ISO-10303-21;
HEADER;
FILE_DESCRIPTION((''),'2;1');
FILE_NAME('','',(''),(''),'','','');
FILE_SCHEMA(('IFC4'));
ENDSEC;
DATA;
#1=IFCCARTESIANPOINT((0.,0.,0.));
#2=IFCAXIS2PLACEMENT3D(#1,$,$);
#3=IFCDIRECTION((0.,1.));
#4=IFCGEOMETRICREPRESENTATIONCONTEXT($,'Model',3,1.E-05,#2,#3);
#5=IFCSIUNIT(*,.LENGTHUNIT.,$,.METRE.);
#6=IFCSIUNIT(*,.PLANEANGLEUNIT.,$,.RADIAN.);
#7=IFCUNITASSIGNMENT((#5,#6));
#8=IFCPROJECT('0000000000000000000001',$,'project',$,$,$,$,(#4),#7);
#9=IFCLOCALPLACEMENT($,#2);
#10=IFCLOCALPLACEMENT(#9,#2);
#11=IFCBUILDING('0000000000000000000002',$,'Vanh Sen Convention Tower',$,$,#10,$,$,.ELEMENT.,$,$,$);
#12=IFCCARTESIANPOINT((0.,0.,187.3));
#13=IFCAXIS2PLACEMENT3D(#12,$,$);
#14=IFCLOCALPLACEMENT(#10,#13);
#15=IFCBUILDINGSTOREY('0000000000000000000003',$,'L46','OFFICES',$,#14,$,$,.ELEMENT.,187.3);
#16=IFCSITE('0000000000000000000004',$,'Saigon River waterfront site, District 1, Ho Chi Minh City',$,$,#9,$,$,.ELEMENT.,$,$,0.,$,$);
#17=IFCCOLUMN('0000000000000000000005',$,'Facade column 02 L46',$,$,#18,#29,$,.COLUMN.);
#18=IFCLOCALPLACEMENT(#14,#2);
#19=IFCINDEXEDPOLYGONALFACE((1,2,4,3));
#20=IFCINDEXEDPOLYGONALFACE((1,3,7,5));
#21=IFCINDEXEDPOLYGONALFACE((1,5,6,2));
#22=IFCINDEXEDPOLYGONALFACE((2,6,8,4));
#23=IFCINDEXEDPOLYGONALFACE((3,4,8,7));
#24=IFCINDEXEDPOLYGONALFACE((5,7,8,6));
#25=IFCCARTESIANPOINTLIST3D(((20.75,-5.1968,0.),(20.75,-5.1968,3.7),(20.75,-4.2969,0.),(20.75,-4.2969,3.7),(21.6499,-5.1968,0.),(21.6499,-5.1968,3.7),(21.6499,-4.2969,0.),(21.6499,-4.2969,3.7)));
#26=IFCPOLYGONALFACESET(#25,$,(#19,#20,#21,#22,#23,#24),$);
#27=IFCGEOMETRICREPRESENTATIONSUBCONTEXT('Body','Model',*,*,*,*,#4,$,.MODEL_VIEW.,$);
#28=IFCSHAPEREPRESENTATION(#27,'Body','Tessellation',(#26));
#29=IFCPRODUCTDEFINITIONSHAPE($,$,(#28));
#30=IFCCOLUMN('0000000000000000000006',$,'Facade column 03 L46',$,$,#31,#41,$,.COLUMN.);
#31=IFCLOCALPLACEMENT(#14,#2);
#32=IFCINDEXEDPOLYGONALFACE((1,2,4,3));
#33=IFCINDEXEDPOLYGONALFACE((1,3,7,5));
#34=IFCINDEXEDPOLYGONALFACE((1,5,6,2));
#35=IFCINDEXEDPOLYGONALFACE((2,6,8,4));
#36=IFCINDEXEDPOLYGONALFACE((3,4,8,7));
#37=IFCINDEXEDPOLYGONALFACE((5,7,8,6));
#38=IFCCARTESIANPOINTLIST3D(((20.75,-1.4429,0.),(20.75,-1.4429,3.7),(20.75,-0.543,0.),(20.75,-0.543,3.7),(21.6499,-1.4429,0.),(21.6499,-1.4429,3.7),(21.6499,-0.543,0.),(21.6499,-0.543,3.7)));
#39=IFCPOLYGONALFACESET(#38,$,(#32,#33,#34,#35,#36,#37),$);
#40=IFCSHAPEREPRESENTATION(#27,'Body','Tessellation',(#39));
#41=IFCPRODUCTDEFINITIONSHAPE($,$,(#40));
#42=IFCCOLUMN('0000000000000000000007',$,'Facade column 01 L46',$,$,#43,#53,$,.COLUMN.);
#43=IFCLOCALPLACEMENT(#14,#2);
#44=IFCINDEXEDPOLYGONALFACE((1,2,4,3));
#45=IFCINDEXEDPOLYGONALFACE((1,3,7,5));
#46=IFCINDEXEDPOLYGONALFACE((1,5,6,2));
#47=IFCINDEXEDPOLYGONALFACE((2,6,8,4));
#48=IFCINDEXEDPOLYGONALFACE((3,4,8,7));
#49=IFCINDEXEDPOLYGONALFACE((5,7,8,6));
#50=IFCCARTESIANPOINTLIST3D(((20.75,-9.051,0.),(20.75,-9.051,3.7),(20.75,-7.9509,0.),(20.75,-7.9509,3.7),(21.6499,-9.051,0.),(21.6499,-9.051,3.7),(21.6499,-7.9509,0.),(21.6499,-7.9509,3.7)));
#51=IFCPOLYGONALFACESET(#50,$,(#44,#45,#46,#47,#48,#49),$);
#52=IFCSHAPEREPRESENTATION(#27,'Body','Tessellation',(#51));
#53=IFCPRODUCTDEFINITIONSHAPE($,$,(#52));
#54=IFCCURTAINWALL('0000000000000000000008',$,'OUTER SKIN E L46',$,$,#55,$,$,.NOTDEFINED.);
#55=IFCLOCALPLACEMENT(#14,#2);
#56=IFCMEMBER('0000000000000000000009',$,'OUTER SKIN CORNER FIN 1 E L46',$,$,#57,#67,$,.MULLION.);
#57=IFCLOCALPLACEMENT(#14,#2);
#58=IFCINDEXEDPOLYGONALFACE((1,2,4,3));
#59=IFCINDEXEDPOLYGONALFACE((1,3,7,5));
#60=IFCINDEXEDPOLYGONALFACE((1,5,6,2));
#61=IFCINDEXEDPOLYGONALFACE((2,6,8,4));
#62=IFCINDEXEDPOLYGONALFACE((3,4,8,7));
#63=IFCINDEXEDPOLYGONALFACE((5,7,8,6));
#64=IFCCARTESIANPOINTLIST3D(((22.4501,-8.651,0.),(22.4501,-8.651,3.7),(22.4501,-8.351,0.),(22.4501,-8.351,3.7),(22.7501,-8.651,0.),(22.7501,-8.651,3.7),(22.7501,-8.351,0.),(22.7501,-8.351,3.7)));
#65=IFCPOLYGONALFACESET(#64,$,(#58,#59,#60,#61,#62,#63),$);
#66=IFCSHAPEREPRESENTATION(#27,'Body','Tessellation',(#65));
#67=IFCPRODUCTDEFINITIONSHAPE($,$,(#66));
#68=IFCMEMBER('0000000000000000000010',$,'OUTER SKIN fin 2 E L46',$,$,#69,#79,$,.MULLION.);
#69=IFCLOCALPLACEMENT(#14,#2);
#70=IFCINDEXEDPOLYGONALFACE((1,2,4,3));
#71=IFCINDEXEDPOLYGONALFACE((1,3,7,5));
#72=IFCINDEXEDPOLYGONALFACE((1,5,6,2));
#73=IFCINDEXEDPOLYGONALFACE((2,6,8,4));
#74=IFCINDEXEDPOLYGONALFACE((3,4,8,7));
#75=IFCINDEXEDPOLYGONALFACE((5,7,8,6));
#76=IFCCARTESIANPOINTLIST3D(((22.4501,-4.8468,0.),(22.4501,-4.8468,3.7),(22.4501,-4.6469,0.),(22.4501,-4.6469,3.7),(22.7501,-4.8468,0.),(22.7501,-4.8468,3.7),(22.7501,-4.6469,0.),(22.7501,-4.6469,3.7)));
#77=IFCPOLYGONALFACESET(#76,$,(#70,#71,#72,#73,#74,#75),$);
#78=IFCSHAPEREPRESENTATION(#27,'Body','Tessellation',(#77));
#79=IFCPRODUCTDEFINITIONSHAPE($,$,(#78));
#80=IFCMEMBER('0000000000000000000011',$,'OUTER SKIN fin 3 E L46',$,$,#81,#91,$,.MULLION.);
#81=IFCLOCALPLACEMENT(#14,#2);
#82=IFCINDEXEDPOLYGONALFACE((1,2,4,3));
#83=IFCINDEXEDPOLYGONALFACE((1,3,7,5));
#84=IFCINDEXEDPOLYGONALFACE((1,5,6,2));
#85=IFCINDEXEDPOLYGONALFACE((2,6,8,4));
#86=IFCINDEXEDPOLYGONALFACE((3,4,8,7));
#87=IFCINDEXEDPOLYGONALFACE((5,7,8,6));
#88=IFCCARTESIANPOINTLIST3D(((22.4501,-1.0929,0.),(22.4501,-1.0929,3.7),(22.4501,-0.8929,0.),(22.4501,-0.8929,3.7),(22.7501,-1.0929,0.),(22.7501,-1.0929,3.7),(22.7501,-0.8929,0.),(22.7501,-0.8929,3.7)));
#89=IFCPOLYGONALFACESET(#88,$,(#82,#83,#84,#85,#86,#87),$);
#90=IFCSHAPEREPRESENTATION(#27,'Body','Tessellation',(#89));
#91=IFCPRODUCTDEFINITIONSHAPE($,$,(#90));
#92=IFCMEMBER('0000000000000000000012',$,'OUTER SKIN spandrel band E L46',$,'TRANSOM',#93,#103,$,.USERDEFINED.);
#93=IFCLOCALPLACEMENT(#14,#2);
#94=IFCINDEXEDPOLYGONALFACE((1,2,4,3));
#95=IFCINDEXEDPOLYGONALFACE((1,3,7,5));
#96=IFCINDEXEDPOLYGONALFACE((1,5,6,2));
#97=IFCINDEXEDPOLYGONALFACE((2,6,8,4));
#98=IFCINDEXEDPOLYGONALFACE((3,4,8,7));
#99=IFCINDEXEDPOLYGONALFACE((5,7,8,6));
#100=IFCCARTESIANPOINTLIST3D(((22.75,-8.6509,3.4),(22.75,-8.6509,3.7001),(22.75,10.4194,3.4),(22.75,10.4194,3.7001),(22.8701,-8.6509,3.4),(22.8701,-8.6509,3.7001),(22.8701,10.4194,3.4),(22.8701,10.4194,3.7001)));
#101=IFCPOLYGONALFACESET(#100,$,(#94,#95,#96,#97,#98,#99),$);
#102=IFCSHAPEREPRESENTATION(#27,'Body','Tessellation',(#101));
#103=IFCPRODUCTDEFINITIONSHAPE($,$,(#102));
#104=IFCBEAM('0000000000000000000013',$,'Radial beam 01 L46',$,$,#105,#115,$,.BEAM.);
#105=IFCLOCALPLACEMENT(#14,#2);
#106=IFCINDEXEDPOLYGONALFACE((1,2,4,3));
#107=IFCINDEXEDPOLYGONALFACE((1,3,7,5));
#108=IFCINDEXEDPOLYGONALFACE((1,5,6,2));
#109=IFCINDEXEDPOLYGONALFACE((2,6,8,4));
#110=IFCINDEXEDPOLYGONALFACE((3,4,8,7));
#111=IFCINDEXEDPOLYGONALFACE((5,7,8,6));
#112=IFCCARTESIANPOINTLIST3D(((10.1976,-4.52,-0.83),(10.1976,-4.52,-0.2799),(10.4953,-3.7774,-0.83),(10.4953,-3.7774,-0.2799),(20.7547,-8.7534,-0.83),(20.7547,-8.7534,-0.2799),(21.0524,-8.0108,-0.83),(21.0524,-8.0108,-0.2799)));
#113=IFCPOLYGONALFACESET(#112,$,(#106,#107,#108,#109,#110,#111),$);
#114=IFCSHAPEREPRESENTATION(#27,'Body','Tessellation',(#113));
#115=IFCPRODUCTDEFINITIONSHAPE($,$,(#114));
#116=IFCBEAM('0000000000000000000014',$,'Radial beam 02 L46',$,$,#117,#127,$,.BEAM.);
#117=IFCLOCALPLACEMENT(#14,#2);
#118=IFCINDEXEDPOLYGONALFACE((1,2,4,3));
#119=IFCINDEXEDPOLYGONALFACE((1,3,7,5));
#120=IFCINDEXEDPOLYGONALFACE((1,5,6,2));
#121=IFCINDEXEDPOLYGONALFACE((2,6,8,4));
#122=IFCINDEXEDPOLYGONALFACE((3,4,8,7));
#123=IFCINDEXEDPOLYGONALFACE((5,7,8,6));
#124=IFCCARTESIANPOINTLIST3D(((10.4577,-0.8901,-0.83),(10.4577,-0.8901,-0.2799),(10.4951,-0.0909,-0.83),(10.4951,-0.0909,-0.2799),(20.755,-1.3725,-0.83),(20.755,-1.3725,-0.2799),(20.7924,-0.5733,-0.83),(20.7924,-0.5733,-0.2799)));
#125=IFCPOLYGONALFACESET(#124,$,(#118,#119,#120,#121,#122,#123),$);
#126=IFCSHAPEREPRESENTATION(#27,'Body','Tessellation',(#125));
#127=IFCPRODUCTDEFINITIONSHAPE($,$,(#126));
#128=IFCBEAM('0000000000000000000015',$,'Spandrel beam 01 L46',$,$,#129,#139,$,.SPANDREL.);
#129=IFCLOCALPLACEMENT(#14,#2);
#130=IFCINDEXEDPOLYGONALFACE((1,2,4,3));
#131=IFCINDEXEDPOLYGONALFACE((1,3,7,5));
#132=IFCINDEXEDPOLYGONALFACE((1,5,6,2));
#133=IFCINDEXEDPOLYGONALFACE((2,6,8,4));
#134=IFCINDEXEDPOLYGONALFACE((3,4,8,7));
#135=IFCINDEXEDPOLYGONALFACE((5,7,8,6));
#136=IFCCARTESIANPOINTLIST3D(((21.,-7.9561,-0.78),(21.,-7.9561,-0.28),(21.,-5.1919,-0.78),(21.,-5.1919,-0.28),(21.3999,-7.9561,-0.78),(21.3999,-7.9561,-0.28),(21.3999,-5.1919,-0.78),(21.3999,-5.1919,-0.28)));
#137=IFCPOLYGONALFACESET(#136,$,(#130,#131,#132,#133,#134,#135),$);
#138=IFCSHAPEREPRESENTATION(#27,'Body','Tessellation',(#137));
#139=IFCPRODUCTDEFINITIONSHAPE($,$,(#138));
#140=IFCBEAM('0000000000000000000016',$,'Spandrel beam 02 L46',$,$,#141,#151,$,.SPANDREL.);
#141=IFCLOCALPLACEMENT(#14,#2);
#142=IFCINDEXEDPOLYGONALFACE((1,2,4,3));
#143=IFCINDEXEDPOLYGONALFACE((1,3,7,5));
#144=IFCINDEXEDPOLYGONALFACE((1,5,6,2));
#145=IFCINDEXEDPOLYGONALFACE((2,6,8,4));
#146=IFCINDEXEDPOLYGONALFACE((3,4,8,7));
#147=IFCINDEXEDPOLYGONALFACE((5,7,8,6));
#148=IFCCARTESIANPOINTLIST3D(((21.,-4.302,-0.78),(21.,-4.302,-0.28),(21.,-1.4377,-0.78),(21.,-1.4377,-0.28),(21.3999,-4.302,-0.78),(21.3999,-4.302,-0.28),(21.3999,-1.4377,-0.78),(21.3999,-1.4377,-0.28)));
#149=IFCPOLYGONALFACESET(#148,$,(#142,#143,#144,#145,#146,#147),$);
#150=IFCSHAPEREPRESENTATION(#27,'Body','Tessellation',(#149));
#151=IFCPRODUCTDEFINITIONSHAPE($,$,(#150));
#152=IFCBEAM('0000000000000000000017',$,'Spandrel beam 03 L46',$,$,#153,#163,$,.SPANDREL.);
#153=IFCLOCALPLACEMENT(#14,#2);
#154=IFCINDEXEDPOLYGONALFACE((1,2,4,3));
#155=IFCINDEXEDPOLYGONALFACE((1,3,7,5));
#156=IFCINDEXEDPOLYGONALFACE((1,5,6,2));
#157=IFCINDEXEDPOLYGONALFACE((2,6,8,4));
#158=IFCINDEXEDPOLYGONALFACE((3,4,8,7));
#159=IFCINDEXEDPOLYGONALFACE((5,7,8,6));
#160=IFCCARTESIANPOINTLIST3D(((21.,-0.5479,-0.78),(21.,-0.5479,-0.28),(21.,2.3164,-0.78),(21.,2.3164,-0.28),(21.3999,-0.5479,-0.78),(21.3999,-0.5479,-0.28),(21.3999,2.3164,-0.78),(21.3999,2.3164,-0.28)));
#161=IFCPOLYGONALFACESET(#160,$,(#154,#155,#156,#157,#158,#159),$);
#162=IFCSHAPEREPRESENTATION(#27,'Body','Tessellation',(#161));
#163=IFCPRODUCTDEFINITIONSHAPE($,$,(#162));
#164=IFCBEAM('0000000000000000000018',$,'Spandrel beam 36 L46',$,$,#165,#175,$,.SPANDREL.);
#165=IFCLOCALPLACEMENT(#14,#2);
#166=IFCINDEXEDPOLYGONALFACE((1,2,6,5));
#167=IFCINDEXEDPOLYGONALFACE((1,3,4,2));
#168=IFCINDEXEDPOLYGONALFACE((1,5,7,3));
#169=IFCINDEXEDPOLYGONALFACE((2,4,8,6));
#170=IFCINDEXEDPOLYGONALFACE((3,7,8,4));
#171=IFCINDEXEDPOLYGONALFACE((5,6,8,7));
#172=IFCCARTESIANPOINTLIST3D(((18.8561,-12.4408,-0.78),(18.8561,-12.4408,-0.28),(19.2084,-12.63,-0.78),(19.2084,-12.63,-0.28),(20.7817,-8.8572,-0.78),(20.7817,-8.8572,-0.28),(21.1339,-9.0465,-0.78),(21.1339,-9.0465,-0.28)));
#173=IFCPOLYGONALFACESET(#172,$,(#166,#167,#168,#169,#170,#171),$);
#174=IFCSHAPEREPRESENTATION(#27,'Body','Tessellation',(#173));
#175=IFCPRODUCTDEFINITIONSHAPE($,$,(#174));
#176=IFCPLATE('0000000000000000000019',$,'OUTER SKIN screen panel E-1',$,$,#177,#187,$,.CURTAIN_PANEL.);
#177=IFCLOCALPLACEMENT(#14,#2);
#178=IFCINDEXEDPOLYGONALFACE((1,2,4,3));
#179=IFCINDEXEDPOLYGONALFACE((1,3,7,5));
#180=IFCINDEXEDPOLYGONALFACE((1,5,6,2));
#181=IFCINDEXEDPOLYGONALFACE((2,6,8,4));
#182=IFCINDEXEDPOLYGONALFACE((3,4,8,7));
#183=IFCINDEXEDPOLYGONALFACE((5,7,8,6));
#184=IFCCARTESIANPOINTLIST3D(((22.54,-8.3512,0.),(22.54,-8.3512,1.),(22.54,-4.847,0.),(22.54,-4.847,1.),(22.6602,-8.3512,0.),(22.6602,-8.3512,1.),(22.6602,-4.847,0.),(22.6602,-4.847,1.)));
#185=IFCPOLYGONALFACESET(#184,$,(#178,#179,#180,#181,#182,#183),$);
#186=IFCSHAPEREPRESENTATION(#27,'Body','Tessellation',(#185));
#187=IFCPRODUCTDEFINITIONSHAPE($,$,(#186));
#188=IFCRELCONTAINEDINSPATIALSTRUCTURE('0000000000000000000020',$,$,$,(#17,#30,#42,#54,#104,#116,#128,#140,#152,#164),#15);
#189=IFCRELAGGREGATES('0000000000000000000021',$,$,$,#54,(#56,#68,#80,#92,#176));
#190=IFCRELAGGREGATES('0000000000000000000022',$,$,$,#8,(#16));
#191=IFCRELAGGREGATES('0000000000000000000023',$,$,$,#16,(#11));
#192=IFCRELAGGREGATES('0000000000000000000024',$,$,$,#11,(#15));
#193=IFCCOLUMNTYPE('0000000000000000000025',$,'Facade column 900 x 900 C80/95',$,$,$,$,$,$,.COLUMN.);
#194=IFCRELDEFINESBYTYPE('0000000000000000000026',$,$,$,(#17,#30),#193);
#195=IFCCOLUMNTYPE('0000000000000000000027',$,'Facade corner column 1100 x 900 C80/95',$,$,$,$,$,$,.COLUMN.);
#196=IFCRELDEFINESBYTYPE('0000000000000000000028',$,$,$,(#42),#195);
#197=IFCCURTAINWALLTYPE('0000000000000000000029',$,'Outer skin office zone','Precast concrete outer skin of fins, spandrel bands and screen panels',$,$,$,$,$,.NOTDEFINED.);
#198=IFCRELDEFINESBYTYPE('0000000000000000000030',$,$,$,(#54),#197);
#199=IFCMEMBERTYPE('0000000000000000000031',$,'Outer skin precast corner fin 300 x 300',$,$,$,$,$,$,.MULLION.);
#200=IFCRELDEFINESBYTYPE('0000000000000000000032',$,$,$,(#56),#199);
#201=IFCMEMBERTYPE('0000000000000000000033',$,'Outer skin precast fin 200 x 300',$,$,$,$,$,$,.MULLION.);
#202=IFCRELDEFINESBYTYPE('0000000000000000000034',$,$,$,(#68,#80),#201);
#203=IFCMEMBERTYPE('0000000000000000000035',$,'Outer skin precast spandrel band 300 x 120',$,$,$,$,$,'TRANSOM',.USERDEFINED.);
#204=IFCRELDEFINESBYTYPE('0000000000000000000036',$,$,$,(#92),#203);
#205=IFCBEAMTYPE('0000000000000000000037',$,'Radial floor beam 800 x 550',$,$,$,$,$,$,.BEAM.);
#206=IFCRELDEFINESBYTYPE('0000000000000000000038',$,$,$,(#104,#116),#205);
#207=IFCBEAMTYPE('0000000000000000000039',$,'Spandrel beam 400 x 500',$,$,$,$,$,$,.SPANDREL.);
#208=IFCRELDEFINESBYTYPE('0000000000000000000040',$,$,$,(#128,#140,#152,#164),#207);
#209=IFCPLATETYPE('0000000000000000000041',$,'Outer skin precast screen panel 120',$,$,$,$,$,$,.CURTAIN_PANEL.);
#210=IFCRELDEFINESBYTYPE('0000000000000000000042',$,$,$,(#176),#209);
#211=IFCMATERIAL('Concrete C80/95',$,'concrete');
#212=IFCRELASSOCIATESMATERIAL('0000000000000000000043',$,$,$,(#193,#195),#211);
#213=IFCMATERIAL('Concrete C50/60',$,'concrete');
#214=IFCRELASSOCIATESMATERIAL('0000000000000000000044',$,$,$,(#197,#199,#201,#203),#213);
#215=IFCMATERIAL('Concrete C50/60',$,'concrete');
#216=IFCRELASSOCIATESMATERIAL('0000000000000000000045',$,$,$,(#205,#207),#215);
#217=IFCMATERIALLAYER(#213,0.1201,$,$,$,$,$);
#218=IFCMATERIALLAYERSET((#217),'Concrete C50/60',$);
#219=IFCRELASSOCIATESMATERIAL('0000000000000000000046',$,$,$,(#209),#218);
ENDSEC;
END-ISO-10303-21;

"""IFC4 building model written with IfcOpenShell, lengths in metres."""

from ifc_helpers import new_model, si_unit, direction, frame, origin, origin_2d, place, context, subcontext, project, spatial, rectangle, extrude, material, layer, layer_set, material_profile, profile_set, type_object, element, aggregate, save


model = new_model("IFC4")

# Units and contexts
model_context = context("Model", 3, precision=1e-05, world=origin(), true_north=direction((0.0, 1.0)))
body_context = subcontext(model_context, "Body", "Model", "MODEL_VIEW")
ifc_project = project(units=[si_unit("LENGTHUNIT", "METRE"), si_unit("PLANEANGLEUNIT", "RADIAN")], contexts=[model_context])

# Site, building, storey
site_placement = place(None, origin())
site = spatial("IfcSite", under=ifc_project, at=site_placement, Name="Saigon River waterfront site, District 1, Ho Chi Minh City", CompositionType="ELEMENT", RefElevation=0.0)
building_placement = place(site_placement, origin())
building = spatial("IfcBuilding", under=site, at=building_placement, Name="Vanh Sen Convention Tower", CompositionType="ELEMENT")
storey_placement = place(building_placement, frame((0.0, 0.0, 187.3)))
storey = spatial("IfcBuildingStorey", under=building, at=storey_placement, Name="L46", Description="OFFICES", CompositionType="ELEMENT", Elevation=187.3)

# Columns
ifc_material_1 = material(Name="Concrete C80/95", Category="concrete")
ifc_material_profile_1 = material_profile(ifc_material_1, rectangle(XDim=0.8999, YDim=0.8999, at=origin_2d()), Name="RC 900X900")
ifc_profile_set_1 = profile_set([ifc_material_profile_1], Name="Concrete C80/95")
column_type_1 = type_object("IfcColumnType", Name="Facade column 900 x 900 C80/95", PredefinedType="COLUMN", material=ifc_profile_set_1)
for number, where, z_axis, x_axis, name in (
    (1, (21.2, -4.7468, 0.0), (0.0, 0.0, 1.0), (0.0, 1.0, 0.0), "Facade column 02 L46"),
    (2, (21.2, -0.9929, 0.0), (0.0, 0.0, 1.0), (0.0, 1.0, 0.0), "Facade column 03 L46"),
):
    element("IfcColumn", number, at=place(storey_placement, frame(where, z_axis=z_axis, x_axis=x_axis)), inside=storey, type_object=column_type_1, Name=name, PredefinedType="COLUMN", context=body_context, shape_type="SweptSolid", body=[
        extrude(rectangle(XDim=0.8999, YDim=0.8999, at=origin_2d()), origin(), (0.0, 0.0, 1.0), 3.7),
    ])
ifc_material_profile_2 = material_profile(ifc_material_1, rectangle(XDim=1.1001, YDim=0.8999, at=origin_2d()), Name="RC 1100X900")
ifc_profile_set_2 = profile_set([ifc_material_profile_2], Name="Concrete C80/95")
column_type_2 = type_object("IfcColumnType", Name="Facade corner column 1100 x 900 C80/95", PredefinedType="COLUMN", material=ifc_profile_set_2)
column_placement = place(storey_placement, frame((21.2, -8.501, 0.0), z_axis=(0.0, 0.0, 1.0), x_axis=(0.0, 1.0, 0.0)))
element("IfcColumn", 3, at=column_placement, inside=storey, type_object=column_type_2, Name="Facade column 01 L46", PredefinedType="COLUMN", context=body_context, shape_type="SweptSolid", body=[
    extrude(rectangle(XDim=1.1001, YDim=0.8999, at=origin_2d()), origin(), (0.0, 0.0, 1.0), 3.7),
])

# Curtain wall, members
ifc_material_2 = material(Name="Concrete C50/60", Category="concrete")
curtain_wall_type = type_object("IfcCurtainWallType", Name="Outer skin office zone", Description="Precast concrete outer skin of fins, spandrel bands and screen panels", PredefinedType="NOTDEFINED", material=ifc_material_2)
curtain_wall_1_placement = place(storey_placement, origin())
curtain_wall_1 = element("IfcCurtainWall", 4, at=curtain_wall_1_placement, inside=storey, type_object=curtain_wall_type, Name="OUTER SKIN E L46", PredefinedType="NOTDEFINED")
ifc_material_profile_3 = material_profile(ifc_material_2, rectangle(XDim=0.3, YDim=0.3, at=origin_2d()), Name="Outer skin precast corner fin 300 x 300")
ifc_profile_set_3 = profile_set([ifc_material_profile_3], Name="Concrete C50/60")
member_type_1 = type_object("IfcMemberType", Name="Outer skin precast corner fin 300 x 300", PredefinedType="MULLION", material=ifc_profile_set_3)
member_1_placement = place(storey_placement, frame((22.6001, -8.501, 0.0), z_axis=(0.0, 0.0, 1.0), x_axis=(0.0, 1.0, 0.0)))
member_1 = element("IfcMember", 5, at=member_1_placement, type_object=member_type_1, Name="OUTER SKIN CORNER FIN 1 E L46", PredefinedType="MULLION", context=body_context, shape_type="SweptSolid", body=[
    extrude(rectangle(XDim=0.3, YDim=0.3, at=origin_2d()), origin(), (0.0, 0.0, 1.0), 3.7),
])
ifc_material_profile_4 = material_profile(ifc_material_2, rectangle(XDim=0.2, YDim=0.3, at=origin_2d()), Name="Outer skin precast fin 200 x 300")
ifc_profile_set_4 = profile_set([ifc_material_profile_4], Name="Concrete C50/60")
member_type_2 = type_object("IfcMemberType", Name="Outer skin precast fin 200 x 300", PredefinedType="MULLION", material=ifc_profile_set_4)
member_2_placement = place(storey_placement, frame((22.6001, -4.7468, 0.0), z_axis=(0.0, 0.0, 1.0), x_axis=(0.0, 1.0, 0.0)))
member_2 = element("IfcMember", 6, at=member_2_placement, type_object=member_type_2, Name="OUTER SKIN fin 2 E L46", PredefinedType="MULLION", context=body_context, shape_type="SweptSolid", body=[
    extrude(rectangle(XDim=0.2, YDim=0.3, at=origin_2d()), origin(), (0.0, 0.0, 1.0), 3.7),
])
member_3_placement = place(storey_placement, frame((22.6001, -0.9929, 0.0), z_axis=(0.0, 0.0, 1.0), x_axis=(0.0, 1.0, 0.0)))
member_3 = element("IfcMember", 7, at=member_3_placement, type_object=member_type_2, Name="OUTER SKIN fin 3 E L46", PredefinedType="MULLION", context=body_context, shape_type="SweptSolid", body=[
    extrude(rectangle(XDim=0.2, YDim=0.3, at=origin_2d()), origin(), (0.0, 0.0, 1.0), 3.7),
])
ifc_material_profile_5 = material_profile(ifc_material_2, rectangle(XDim=0.1201, YDim=0.3, at=origin_2d()), Name="Outer skin precast spandrel band 300 x 120")
ifc_profile_set_5 = profile_set([ifc_material_profile_5], Name="Concrete C50/60")
member_type_3 = type_object("IfcMemberType", Name="Outer skin precast spandrel band 300 x 120", ElementType="TRANSOM", PredefinedType="USERDEFINED", material=ifc_profile_set_5)
member_4_placement = place(storey_placement, frame((22.8101, -8.6509, 3.55), z_axis=(0.0, 1.0, 0.0), x_axis=(-1.0, 0.0, 0.0)))
member_4 = element("IfcMember", 8, at=member_4_placement, type_object=member_type_3, Name="OUTER SKIN spandrel band E L46", ObjectType="TRANSOM", PredefinedType="USERDEFINED", context=body_context, shape_type="SweptSolid", body=[
    extrude(rectangle(XDim=0.1201, YDim=0.3, at=origin_2d()), origin(), (0.0, 0.0, 1.0), 19.0703),
])

# Beams
ifc_material_3 = material(Name="Concrete C50/60", Category="concrete")
ifc_material_profile_6 = material_profile(ifc_material_3, rectangle(XDim=0.8, YDim=0.55, at=origin_2d()), Name="RC 800X550")
ifc_profile_set_6 = profile_set([ifc_material_profile_6], Name="Concrete C50/60")
beam_type_1 = type_object("IfcBeamType", Name="Radial floor beam 800 x 550", PredefinedType="BEAM", material=ifc_profile_set_6)
beam_1_placement = place(storey_placement, frame((20.9036, -8.3821, -0.5549), z_axis=(-0.928157, 0.37219, 0.0), x_axis=(-0.37219, -0.928157, 0.0)))
element("IfcBeam", 9, at=beam_1_placement, inside=storey, type_object=beam_type_1, Name="Radial beam 01 L46", PredefinedType="BEAM", context=body_context, shape_type="SweptSolid", body=[
    extrude(rectangle(XDim=0.8, YDim=0.55, at=origin_2d()), origin(), (0.0, 0.0, 1.0), 11.3743),
])
beam_2_placement = place(storey_placement, frame((20.7737, -0.9729, -0.5549), z_axis=(-0.998904, 0.046798, 0.0), x_axis=(-0.046798, -0.998904, 0.0)))
element("IfcBeam", 10, at=beam_2_placement, inside=storey, type_object=beam_type_1, Name="Radial beam 02 L46", PredefinedType="BEAM", context=body_context, shape_type="SweptSolid", body=[
    extrude(rectangle(XDim=0.8, YDim=0.55, at=origin_2d()), origin(), (0.0, 0.0, 1.0), 10.3086),
])
ifc_material_profile_7 = material_profile(ifc_material_3, rectangle(XDim=0.3999, YDim=0.5, at=origin_2d()), Name="RC 400X500")
ifc_profile_set_7 = profile_set([ifc_material_profile_7], Name="Concrete C50/60")
beam_type_2 = type_object("IfcBeamType", Name="Spandrel beam 400 x 500", PredefinedType="SPANDREL", material=ifc_profile_set_7)
beam_3_placement = place(storey_placement, frame((21.2, -7.9561, -0.53), z_axis=(0.0, 1.0, 0.0), x_axis=(-1.0, 0.0, 0.0)))
element("IfcBeam", 11, at=beam_3_placement, inside=storey, type_object=beam_type_2, Name="Spandrel beam 01 L46", PredefinedType="SPANDREL", context=body_context, shape_type="SweptSolid", body=[
    extrude(rectangle(XDim=0.3999, YDim=0.5, at=origin_2d()), origin(), (0.0, 0.0, 1.0), 2.7642),
])
for number, where, z_axis, x_axis, name in (
    (12, (21.2, -4.302, -0.53), (0.0, 1.0, 0.0), (-1.0, 0.0, 0.0), "Spandrel beam 02 L46"),
    (13, (21.2, -0.5479, -0.53), (0.0, 1.0, 0.0), (-1.0, 0.0, 0.0), "Spandrel beam 03 L46"),
):
    element("IfcBeam", number, at=place(storey_placement, frame(where, z_axis=z_axis, x_axis=x_axis)), inside=storey, type_object=beam_type_2, Name=name, PredefinedType="SPANDREL", context=body_context, shape_type="SweptSolid", body=[
        extrude(rectangle(XDim=0.3999, YDim=0.5, at=origin_2d()), origin(), (0.0, 0.0, 1.0), 2.8643),
    ])
beam_4_placement = place(storey_placement, frame((19.0322, -12.5354, -0.53), z_axis=(0.47333, 0.880885, 0.0), x_axis=(-0.880885, 0.47333, 0.0)))
element("IfcBeam", 14, at=beam_4_placement, inside=storey, type_object=beam_type_2, Name="Spandrel beam 36 L46", PredefinedType="SPANDREL", context=body_context, shape_type="SweptSolid", body=[
    extrude(rectangle(XDim=0.3999, YDim=0.5, at=origin_2d()), origin(), (0.0, 0.0, 1.0), 4.0681),
])

# Plate
ifc_layer_1 = layer(ifc_material_2, 0.1201)
ifc_layer_set_1 = layer_set([ifc_layer_1], Name="Concrete C50/60")
plate_type = type_object("IfcPlateType", Name="Outer skin precast screen panel 120", PredefinedType="CURTAIN_PANEL", material=ifc_layer_set_1)
plate_1_placement = place(storey_placement, frame((22.6001, -6.5991, 0.0), z_axis=(0.0, 0.0, 1.0), x_axis=(0.0, 1.0, 0.0)))
plate_1 = element("IfcPlate", 15, at=plate_1_placement, type_object=plate_type, Name="OUTER SKIN screen panel E-1", PredefinedType="CURTAIN_PANEL", context=body_context, shape_type="SweptSolid", body=[
    extrude(rectangle(XDim=3.5042, YDim=0.1201, at=origin_2d()), origin(), (0.0, 0.0, 1.0), 1.0),
])
aggregate(curtain_wall_1, [member_1, member_2, member_3, member_4, plate_1])

save(model, "model.ifc")
